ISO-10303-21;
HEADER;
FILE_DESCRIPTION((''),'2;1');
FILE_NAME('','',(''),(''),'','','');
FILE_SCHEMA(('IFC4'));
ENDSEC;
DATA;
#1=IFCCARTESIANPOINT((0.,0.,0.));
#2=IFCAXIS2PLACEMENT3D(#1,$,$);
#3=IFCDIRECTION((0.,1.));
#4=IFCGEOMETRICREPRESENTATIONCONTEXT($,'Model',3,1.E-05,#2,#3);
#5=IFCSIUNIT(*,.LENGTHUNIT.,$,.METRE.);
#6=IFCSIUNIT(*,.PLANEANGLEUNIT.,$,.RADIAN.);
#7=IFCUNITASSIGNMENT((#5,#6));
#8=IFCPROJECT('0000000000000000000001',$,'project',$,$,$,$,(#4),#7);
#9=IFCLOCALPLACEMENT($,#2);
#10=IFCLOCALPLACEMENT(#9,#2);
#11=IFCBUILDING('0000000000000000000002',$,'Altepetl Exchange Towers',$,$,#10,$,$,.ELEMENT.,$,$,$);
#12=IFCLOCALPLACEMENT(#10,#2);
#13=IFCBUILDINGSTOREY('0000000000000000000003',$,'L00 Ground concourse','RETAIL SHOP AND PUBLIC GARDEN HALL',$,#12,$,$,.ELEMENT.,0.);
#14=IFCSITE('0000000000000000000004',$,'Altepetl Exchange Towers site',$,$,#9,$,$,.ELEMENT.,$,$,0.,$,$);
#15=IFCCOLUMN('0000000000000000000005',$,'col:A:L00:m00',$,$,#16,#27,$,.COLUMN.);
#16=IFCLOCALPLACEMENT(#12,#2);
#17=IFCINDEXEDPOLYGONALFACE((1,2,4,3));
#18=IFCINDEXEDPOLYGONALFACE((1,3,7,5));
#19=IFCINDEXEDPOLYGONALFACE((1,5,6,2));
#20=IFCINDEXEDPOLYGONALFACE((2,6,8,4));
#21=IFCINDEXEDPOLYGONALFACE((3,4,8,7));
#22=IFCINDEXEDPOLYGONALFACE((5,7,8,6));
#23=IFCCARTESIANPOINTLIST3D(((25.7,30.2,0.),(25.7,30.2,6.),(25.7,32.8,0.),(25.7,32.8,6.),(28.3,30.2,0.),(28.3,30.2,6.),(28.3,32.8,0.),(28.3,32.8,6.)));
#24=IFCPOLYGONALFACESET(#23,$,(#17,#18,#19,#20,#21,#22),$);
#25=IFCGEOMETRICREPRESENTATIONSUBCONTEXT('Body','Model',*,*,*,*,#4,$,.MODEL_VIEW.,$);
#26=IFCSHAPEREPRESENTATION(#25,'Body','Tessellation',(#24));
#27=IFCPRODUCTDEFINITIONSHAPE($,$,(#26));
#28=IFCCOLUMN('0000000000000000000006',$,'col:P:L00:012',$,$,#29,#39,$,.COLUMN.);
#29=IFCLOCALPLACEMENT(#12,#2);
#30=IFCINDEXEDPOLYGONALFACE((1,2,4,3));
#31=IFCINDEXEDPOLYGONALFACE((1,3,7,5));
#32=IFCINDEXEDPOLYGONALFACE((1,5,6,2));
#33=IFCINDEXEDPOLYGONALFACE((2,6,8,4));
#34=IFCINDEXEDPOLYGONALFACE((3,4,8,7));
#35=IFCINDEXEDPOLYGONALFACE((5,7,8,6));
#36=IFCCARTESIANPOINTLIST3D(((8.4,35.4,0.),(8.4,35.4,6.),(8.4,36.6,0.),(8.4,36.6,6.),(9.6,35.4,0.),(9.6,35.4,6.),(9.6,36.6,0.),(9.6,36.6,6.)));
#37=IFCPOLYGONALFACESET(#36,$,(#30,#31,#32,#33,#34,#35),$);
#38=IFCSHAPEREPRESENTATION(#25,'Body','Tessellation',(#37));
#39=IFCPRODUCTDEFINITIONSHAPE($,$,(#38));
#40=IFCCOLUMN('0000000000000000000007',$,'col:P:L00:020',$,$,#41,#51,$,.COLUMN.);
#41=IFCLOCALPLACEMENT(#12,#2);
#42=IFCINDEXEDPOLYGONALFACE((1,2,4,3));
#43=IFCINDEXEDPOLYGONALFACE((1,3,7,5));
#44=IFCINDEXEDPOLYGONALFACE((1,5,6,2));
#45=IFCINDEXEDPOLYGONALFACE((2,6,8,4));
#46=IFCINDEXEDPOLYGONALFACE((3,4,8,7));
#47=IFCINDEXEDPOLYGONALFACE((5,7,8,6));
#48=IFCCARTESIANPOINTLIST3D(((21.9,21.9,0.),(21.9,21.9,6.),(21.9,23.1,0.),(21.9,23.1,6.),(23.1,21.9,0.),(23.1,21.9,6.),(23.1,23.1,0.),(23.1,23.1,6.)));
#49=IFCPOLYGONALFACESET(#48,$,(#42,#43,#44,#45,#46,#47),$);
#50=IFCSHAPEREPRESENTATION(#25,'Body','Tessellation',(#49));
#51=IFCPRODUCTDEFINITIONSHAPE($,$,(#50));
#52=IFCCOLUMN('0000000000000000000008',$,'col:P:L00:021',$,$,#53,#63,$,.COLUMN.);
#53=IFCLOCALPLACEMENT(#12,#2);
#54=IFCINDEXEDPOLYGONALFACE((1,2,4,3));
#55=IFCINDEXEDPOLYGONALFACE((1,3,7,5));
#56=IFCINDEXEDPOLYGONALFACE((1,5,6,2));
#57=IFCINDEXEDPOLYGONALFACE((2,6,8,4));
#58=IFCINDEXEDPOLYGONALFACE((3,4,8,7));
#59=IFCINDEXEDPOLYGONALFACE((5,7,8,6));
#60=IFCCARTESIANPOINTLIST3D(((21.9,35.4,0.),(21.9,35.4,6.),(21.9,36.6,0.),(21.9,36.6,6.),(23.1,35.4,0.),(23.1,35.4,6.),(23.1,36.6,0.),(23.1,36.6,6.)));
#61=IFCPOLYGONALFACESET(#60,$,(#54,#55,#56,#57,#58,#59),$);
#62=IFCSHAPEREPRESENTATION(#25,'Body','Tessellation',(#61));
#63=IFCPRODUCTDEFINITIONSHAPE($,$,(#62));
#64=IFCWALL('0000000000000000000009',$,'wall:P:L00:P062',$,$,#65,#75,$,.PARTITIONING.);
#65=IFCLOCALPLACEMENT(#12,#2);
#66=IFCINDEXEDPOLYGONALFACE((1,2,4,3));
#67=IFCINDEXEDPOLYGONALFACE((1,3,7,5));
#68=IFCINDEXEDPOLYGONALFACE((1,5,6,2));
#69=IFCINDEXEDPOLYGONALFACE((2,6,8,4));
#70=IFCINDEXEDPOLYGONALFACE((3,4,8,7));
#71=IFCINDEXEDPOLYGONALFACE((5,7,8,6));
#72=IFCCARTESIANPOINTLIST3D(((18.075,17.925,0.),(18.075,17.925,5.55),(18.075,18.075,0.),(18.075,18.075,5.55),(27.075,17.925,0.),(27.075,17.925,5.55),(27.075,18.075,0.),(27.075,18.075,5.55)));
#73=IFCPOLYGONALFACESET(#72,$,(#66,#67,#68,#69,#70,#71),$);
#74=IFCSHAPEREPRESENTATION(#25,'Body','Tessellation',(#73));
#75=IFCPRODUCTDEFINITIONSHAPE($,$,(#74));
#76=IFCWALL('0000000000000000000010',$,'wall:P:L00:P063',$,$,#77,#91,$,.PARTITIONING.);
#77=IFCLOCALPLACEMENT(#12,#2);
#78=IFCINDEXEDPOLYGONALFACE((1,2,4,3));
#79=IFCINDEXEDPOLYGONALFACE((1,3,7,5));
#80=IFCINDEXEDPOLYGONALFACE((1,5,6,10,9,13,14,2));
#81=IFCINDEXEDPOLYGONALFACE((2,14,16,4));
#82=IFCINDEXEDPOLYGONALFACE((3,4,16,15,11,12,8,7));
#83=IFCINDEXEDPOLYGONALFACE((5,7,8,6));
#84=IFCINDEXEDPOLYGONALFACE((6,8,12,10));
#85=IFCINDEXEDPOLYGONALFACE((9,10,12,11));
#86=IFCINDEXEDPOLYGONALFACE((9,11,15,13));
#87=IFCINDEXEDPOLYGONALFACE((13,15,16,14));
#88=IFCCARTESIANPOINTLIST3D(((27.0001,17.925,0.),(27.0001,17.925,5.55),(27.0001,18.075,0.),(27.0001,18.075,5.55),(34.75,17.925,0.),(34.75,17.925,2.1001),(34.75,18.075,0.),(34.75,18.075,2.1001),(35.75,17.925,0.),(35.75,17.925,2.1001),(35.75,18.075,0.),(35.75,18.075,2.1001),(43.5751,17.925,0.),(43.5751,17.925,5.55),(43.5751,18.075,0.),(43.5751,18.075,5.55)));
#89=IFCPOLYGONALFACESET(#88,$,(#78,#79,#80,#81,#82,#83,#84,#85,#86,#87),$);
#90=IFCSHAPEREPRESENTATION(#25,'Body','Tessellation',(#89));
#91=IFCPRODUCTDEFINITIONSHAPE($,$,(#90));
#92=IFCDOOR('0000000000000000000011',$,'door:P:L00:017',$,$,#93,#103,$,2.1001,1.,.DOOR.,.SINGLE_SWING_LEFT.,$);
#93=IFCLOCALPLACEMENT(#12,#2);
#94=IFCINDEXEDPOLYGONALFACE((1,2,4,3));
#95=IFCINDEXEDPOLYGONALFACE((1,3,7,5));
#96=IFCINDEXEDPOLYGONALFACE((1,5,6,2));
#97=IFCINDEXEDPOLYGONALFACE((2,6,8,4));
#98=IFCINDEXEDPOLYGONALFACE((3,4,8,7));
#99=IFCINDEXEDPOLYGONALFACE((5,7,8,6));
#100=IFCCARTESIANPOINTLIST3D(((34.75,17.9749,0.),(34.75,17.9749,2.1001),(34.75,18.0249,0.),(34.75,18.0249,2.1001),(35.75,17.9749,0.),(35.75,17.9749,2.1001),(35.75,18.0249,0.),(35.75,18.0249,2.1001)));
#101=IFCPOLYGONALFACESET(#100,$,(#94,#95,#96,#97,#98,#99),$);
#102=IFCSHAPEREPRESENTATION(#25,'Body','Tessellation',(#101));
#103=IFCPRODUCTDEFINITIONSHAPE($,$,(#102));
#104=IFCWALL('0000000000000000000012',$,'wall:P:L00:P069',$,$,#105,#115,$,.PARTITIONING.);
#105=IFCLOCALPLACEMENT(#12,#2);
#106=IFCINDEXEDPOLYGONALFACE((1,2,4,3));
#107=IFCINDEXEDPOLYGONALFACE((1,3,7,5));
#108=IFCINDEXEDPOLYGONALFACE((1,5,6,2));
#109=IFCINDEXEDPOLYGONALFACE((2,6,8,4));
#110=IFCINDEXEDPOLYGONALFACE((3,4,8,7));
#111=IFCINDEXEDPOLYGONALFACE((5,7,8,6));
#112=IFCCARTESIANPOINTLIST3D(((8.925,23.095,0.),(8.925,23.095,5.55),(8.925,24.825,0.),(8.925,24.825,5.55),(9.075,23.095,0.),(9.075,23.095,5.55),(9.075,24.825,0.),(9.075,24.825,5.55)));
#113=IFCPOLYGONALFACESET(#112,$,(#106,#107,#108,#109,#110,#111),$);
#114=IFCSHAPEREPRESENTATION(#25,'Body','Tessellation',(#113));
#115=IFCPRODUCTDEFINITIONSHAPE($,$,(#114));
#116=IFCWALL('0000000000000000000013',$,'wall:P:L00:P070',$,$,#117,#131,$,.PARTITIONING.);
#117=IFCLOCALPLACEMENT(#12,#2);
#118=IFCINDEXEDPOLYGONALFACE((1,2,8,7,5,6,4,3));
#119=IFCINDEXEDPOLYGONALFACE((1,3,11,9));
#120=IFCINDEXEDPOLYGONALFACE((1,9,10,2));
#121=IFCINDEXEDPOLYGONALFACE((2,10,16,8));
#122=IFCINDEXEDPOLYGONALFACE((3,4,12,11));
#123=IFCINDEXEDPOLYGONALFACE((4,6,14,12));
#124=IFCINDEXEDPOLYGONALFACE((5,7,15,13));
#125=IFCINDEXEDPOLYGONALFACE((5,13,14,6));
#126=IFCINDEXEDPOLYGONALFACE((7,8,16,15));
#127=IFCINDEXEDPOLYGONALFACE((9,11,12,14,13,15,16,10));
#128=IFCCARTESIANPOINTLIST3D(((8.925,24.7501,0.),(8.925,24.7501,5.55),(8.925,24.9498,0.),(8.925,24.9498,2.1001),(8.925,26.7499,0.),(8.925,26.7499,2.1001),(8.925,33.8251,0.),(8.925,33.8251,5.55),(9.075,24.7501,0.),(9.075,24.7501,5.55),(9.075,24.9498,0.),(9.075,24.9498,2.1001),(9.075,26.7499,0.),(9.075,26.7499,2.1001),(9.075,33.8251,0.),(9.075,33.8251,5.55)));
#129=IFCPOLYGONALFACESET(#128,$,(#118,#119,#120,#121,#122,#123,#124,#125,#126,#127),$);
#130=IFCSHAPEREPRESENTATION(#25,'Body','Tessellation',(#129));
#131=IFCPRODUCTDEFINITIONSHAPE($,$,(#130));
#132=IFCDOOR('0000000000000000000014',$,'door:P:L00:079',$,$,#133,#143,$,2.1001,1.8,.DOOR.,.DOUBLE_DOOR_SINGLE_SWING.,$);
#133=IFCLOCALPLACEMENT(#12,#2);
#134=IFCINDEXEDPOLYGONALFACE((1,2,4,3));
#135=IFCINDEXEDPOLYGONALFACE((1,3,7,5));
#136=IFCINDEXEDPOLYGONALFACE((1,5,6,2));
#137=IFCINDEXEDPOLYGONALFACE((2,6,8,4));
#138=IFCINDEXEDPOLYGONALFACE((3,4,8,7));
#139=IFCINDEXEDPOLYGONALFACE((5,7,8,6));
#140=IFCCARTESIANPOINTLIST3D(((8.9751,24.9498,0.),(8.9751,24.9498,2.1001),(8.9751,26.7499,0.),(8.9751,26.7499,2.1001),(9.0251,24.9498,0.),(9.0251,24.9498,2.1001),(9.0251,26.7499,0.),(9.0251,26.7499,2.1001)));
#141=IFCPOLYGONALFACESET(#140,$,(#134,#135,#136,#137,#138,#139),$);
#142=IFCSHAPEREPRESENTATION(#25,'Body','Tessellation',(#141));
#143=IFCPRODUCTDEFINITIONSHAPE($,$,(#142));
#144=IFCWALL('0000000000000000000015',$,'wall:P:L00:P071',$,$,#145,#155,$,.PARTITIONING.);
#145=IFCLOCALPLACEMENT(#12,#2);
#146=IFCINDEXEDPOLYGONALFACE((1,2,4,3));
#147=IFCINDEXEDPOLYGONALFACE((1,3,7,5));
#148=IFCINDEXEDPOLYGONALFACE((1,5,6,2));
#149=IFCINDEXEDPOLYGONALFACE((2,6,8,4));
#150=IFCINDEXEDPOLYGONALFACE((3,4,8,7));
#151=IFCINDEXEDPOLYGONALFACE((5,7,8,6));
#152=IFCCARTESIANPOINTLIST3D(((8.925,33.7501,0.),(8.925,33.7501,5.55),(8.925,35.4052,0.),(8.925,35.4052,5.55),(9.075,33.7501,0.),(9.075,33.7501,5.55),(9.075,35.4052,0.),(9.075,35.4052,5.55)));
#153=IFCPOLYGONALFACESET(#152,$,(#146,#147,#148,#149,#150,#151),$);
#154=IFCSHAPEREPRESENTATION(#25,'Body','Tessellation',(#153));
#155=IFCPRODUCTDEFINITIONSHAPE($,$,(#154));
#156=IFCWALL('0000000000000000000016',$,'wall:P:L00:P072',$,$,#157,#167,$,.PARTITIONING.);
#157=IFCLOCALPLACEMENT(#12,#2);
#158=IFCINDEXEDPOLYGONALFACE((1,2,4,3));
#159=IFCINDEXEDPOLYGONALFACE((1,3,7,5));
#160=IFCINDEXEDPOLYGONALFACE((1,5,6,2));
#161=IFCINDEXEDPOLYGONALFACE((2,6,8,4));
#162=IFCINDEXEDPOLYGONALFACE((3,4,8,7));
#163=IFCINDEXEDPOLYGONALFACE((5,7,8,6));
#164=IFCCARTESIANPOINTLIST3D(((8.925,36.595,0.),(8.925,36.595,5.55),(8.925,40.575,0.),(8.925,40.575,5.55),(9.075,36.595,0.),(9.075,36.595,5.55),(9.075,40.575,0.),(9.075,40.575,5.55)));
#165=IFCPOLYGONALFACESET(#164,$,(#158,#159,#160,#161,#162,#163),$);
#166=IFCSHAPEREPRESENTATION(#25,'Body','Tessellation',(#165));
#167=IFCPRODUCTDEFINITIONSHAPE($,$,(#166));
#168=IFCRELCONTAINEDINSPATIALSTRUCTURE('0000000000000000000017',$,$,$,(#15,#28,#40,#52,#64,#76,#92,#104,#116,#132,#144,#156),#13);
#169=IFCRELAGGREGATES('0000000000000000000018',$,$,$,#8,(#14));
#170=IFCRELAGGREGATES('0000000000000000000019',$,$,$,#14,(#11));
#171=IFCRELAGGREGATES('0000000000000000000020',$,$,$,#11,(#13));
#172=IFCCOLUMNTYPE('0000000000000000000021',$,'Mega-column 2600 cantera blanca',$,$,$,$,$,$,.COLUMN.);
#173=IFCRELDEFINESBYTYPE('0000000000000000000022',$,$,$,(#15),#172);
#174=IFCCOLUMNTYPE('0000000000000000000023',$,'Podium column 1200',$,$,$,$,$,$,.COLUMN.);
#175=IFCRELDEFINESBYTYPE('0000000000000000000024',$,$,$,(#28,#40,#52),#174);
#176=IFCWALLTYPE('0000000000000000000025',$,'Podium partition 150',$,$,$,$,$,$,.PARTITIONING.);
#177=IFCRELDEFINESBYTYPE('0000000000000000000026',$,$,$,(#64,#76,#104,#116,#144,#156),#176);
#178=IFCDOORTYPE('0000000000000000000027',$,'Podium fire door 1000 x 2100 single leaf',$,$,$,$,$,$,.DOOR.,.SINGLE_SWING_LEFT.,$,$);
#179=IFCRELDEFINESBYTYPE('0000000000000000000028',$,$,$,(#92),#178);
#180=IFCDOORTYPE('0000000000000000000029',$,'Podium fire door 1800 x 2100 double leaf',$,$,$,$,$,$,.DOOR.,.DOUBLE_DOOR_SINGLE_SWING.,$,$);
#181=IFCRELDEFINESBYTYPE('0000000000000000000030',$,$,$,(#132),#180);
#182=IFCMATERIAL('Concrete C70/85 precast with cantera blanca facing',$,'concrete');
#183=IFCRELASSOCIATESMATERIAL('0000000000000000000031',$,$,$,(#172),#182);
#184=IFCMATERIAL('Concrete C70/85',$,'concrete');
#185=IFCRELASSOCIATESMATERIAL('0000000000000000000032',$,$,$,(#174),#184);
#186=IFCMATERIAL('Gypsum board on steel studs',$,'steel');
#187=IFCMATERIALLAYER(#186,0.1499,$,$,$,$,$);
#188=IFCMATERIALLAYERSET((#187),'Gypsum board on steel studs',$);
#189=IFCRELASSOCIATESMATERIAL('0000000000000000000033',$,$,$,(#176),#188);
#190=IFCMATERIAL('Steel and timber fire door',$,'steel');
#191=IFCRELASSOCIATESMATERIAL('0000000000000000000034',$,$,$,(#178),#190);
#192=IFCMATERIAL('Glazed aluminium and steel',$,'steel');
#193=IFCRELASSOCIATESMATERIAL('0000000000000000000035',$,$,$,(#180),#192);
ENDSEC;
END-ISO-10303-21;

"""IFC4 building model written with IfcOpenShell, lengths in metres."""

from ifc_helpers import new_model, si_unit, direction, frame, frame_2d, origin, origin_2d, place, context, subcontext, project, spatial, rectangle, extrude, material, layer, layer_set, material_profile, profile_set, type_object, element, fill, save


model = new_model("IFC4")

# Units and contexts
model_context = context("Model", 3, precision=1e-05, world=origin(), true_north=direction((0.0, 1.0)))
body_context = subcontext(model_context, "Body", "Model", "MODEL_VIEW")
ifc_project = project(units=[si_unit("LENGTHUNIT", "METRE"), si_unit("PLANEANGLEUNIT", "RADIAN")], contexts=[model_context])

# Site, building, storey
site_placement = place(None, origin())
site = spatial("IfcSite", under=ifc_project, at=site_placement, Name="Altepetl Exchange Towers site", CompositionType="ELEMENT", RefElevation=0.0)
building_placement = place(site_placement, origin())
building = spatial("IfcBuilding", under=site, at=building_placement, Name="Altepetl Exchange Towers", CompositionType="ELEMENT")
storey_placement = place(building_placement, origin())
storey = spatial("IfcBuildingStorey", under=building, at=storey_placement, Name="L00 Ground concourse", Description="RETAIL SHOP AND PUBLIC GARDEN HALL", CompositionType="ELEMENT", Elevation=0.0)

# Columns
ifc_material_1 = material(Name="Concrete C70/85 precast with cantera blanca facing", Category="concrete")
ifc_material_profile_1 = material_profile(ifc_material_1, rectangle(XDim=2.6001, YDim=2.6001, at=origin_2d()), Name="2600 x 2600")
ifc_profile_set_1 = profile_set([ifc_material_profile_1], Name="Concrete C70/85 precast with cantera blanca facing")
column_type_1 = type_object("IfcColumnType", Name="Mega-column 2600 cantera blanca", PredefinedType="COLUMN", material=ifc_profile_set_1)
column_placement = place(storey_placement, frame((27.0, 31.5, 0.0)))
element("IfcColumn", 1, at=column_placement, inside=storey, type_object=column_type_1, Name="col:A:L00:m00", PredefinedType="COLUMN", context=body_context, shape_type="SweptSolid", body=[
    extrude(rectangle(XDim=2.6001, YDim=2.6001, at=origin_2d()), origin(), (0.0, 0.0, 1.0), 6.0),
])
ifc_material_2 = material(Name="Concrete C70/85", Category="concrete")
ifc_material_profile_2 = material_profile(ifc_material_2, rectangle(XDim=1.2, YDim=1.2, at=origin_2d()), Name="1200 x 1200")
ifc_profile_set_2 = profile_set([ifc_material_profile_2], Name="Concrete C70/85")
column_type_2 = type_object("IfcColumnType", Name="Podium column 1200", PredefinedType="COLUMN", material=ifc_profile_set_2)
for number, where, name in (
    (2, (9.0, 36.0, 0.0), "col:P:L00:012"),
    (3, (22.5, 22.5, 0.0), "col:P:L00:020"),
    (4, (22.5, 36.0, 0.0), "col:P:L00:021"),
):
    element("IfcColumn", number, at=place(storey_placement, frame(where)), inside=storey, type_object=column_type_2, Name=name, PredefinedType="COLUMN", context=body_context, shape_type="SweptSolid", body=[
        extrude(rectangle(XDim=1.2, YDim=1.2, at=origin_2d()), origin(), (0.0, 0.0, 1.0), 6.0),
    ])

# Wall
ifc_material_3 = material(Name="Gypsum board on steel studs", Category="steel")
ifc_layer = layer(ifc_material_3, 0.1499)
ifc_layer_set = layer_set([ifc_layer], Name="Gypsum board on steel studs")
wall_type = type_object("IfcWallType", Name="Podium partition 150", PredefinedType="PARTITIONING", material=ifc_layer_set)
wall_1_placement = place(storey_placement, frame((18.075, 18.0, 0.0)))
element("IfcWall", 5, at=wall_1_placement, inside=storey, type_object=wall_type, Name="wall:P:L00:P062", PredefinedType="PARTITIONING", context=body_context, shape_type="SweptSolid", body=[
    extrude(rectangle(XDim=9.0, YDim=0.1499, at=frame_2d((4.5, 0.0))), origin(), (0.0, 0.0, 1.0), 5.55),
])

# Wall, opening, door
wall_2_placement = place(storey_placement, frame((27.0, 18.0, 0.0)))
wall_2 = element("IfcWall", 6, at=wall_2_placement, inside=storey, type_object=wall_type, Name="wall:P:L00:P063", PredefinedType="PARTITIONING", context=body_context, shape_type="SweptSolid", body=[
    extrude(rectangle(XDim=16.575, YDim=0.1499, at=frame_2d((8.2876, 0.0))), origin(), (0.0, 0.0, 1.0), 5.55),
])
opening_1_placement = place(wall_2_placement, frame((7.75, 0.0, 0.0)))
opening_1 = element("IfcOpeningElement", 7, at=opening_1_placement, cuts=wall_2, PredefinedType="OPENING", context=body_context, shape_type="SweptSolid", body=[
    extrude(rectangle(XDim=1.0, YDim=2.1001, at=frame_2d((0.5, 1.05))), frame((0.0, 0.085, 0.0), z_axis=(0.0, -1.0, 0.0), x_axis=(1.0, 0.0, 0.0)), (0.0, 0.0, 1.0), 0.1699),
])
ifc_material_4 = material(Name="Steel and timber fire door", Category="steel")
door_type_1 = type_object("IfcDoorType", Name="Podium fire door 1000 x 2100 single leaf", OperationType="SINGLE_SWING_LEFT", PredefinedType="DOOR", material=ifc_material_4)
door_1_placement = place(opening_1_placement, origin())
door_1 = element("IfcDoor", 8, at=door_1_placement, inside=storey, type_object=door_type_1, Name="door:P:L00:017", OperationType="SINGLE_SWING_LEFT", OverallHeight=2.1001, OverallWidth=1.0, PredefinedType="DOOR", context=body_context, shape_type="SweptSolid", body=[
    extrude(rectangle(XDim=1.0, YDim=2.1001, at=frame_2d((0.5, 1.05))), frame((0.0, 0.0249, 0.0), z_axis=(0.0, -1.0, 0.0), x_axis=(1.0, 0.0, 0.0)), (0.0, 0.0, 1.0), 0.05),
])
fill(opening_1, door_1)

# Wall
wall_3_placement = place(storey_placement, frame((9.0, 23.095, 0.0), z_axis=(0.0, 0.0, 1.0), x_axis=(0.0, 1.0, 0.0)))
element("IfcWall", 9, at=wall_3_placement, inside=storey, type_object=wall_type, Name="wall:P:L00:P069", PredefinedType="PARTITIONING", context=body_context, shape_type="SweptSolid", body=[
    extrude(rectangle(XDim=1.73, YDim=0.1499, at=frame_2d((0.865, 0.0))), origin(), (0.0, 0.0, 1.0), 5.55),
])

# Wall, opening, door
wall_4_placement = place(storey_placement, frame((9.0, 24.75, 0.0), z_axis=(0.0, 0.0, 1.0), x_axis=(0.0, 1.0, 0.0)))
wall_4 = element("IfcWall", 10, at=wall_4_placement, inside=storey, type_object=wall_type, Name="wall:P:L00:P070", PredefinedType="PARTITIONING", context=body_context, shape_type="SweptSolid", body=[
    extrude(rectangle(XDim=9.075, YDim=0.1499, at=frame_2d((4.5376, 0.0))), origin(), (0.0, 0.0, 1.0), 5.55),
])
opening_2_placement = place(wall_4_placement, frame((0.2, 0.0, 0.0)))
opening_2 = element("IfcOpeningElement", 11, at=opening_2_placement, cuts=wall_4, PredefinedType="OPENING", context=body_context, shape_type="SweptSolid", body=[
    extrude(rectangle(XDim=1.8, YDim=2.1001, at=frame_2d((0.8999, 1.05))), frame((0.0, 0.085, 0.0), z_axis=(0.0, -1.0, 0.0), x_axis=(1.0, 0.0, 0.0)), (0.0, 0.0, 1.0), 0.1699),
])
ifc_material_5 = material(Name="Glazed aluminium and steel", Category="steel")
door_type_2 = type_object("IfcDoorType", Name="Podium fire door 1800 x 2100 double leaf", OperationType="DOUBLE_DOOR_SINGLE_SWING", PredefinedType="DOOR", material=ifc_material_5)
door_2_placement = place(opening_2_placement, origin())
door_2 = element("IfcDoor", 12, at=door_2_placement, inside=storey, type_object=door_type_2, Name="door:P:L00:079", OperationType="DOUBLE_DOOR_SINGLE_SWING", OverallHeight=2.1001, OverallWidth=1.8, PredefinedType="DOOR", context=body_context, shape_type="SweptSolid", body=[
    extrude(rectangle(XDim=1.8, YDim=2.1001, at=frame_2d((0.8999, 1.05))), frame((0.0, 0.0249, 0.0), z_axis=(0.0, -1.0, 0.0), x_axis=(1.0, 0.0, 0.0)), (0.0, 0.0, 1.0), 0.05),
])
fill(opening_2, door_2)

# Walls
wall_5_placement = place(storey_placement, frame((9.0, 33.75, 0.0), z_axis=(0.0, 0.0, 1.0), x_axis=(0.0, 1.0, 0.0)))
element("IfcWall", 13, at=wall_5_placement, inside=storey, type_object=wall_type, Name="wall:P:L00:P071", PredefinedType="PARTITIONING", context=body_context, shape_type="SweptSolid", body=[
    extrude(rectangle(XDim=1.655, YDim=0.1499, at=frame_2d((0.8276, 0.0))), origin(), (0.0, 0.0, 1.0), 5.55),
])
wall_6_placement = place(storey_placement, frame((9.0, 36.595, 0.0), z_axis=(0.0, 0.0, 1.0), x_axis=(0.0, 1.0, 0.0)))
element("IfcWall", 14, at=wall_6_placement, inside=storey, type_object=wall_type, Name="wall:P:L00:P072", PredefinedType="PARTITIONING", context=body_context, shape_type="SweptSolid", body=[
    extrude(rectangle(XDim=3.98, YDim=0.1499, at=frame_2d((1.99, 0.0))), origin(), (0.0, 0.0, 1.0), 5.55),
])

save(model, "model.ifc")
